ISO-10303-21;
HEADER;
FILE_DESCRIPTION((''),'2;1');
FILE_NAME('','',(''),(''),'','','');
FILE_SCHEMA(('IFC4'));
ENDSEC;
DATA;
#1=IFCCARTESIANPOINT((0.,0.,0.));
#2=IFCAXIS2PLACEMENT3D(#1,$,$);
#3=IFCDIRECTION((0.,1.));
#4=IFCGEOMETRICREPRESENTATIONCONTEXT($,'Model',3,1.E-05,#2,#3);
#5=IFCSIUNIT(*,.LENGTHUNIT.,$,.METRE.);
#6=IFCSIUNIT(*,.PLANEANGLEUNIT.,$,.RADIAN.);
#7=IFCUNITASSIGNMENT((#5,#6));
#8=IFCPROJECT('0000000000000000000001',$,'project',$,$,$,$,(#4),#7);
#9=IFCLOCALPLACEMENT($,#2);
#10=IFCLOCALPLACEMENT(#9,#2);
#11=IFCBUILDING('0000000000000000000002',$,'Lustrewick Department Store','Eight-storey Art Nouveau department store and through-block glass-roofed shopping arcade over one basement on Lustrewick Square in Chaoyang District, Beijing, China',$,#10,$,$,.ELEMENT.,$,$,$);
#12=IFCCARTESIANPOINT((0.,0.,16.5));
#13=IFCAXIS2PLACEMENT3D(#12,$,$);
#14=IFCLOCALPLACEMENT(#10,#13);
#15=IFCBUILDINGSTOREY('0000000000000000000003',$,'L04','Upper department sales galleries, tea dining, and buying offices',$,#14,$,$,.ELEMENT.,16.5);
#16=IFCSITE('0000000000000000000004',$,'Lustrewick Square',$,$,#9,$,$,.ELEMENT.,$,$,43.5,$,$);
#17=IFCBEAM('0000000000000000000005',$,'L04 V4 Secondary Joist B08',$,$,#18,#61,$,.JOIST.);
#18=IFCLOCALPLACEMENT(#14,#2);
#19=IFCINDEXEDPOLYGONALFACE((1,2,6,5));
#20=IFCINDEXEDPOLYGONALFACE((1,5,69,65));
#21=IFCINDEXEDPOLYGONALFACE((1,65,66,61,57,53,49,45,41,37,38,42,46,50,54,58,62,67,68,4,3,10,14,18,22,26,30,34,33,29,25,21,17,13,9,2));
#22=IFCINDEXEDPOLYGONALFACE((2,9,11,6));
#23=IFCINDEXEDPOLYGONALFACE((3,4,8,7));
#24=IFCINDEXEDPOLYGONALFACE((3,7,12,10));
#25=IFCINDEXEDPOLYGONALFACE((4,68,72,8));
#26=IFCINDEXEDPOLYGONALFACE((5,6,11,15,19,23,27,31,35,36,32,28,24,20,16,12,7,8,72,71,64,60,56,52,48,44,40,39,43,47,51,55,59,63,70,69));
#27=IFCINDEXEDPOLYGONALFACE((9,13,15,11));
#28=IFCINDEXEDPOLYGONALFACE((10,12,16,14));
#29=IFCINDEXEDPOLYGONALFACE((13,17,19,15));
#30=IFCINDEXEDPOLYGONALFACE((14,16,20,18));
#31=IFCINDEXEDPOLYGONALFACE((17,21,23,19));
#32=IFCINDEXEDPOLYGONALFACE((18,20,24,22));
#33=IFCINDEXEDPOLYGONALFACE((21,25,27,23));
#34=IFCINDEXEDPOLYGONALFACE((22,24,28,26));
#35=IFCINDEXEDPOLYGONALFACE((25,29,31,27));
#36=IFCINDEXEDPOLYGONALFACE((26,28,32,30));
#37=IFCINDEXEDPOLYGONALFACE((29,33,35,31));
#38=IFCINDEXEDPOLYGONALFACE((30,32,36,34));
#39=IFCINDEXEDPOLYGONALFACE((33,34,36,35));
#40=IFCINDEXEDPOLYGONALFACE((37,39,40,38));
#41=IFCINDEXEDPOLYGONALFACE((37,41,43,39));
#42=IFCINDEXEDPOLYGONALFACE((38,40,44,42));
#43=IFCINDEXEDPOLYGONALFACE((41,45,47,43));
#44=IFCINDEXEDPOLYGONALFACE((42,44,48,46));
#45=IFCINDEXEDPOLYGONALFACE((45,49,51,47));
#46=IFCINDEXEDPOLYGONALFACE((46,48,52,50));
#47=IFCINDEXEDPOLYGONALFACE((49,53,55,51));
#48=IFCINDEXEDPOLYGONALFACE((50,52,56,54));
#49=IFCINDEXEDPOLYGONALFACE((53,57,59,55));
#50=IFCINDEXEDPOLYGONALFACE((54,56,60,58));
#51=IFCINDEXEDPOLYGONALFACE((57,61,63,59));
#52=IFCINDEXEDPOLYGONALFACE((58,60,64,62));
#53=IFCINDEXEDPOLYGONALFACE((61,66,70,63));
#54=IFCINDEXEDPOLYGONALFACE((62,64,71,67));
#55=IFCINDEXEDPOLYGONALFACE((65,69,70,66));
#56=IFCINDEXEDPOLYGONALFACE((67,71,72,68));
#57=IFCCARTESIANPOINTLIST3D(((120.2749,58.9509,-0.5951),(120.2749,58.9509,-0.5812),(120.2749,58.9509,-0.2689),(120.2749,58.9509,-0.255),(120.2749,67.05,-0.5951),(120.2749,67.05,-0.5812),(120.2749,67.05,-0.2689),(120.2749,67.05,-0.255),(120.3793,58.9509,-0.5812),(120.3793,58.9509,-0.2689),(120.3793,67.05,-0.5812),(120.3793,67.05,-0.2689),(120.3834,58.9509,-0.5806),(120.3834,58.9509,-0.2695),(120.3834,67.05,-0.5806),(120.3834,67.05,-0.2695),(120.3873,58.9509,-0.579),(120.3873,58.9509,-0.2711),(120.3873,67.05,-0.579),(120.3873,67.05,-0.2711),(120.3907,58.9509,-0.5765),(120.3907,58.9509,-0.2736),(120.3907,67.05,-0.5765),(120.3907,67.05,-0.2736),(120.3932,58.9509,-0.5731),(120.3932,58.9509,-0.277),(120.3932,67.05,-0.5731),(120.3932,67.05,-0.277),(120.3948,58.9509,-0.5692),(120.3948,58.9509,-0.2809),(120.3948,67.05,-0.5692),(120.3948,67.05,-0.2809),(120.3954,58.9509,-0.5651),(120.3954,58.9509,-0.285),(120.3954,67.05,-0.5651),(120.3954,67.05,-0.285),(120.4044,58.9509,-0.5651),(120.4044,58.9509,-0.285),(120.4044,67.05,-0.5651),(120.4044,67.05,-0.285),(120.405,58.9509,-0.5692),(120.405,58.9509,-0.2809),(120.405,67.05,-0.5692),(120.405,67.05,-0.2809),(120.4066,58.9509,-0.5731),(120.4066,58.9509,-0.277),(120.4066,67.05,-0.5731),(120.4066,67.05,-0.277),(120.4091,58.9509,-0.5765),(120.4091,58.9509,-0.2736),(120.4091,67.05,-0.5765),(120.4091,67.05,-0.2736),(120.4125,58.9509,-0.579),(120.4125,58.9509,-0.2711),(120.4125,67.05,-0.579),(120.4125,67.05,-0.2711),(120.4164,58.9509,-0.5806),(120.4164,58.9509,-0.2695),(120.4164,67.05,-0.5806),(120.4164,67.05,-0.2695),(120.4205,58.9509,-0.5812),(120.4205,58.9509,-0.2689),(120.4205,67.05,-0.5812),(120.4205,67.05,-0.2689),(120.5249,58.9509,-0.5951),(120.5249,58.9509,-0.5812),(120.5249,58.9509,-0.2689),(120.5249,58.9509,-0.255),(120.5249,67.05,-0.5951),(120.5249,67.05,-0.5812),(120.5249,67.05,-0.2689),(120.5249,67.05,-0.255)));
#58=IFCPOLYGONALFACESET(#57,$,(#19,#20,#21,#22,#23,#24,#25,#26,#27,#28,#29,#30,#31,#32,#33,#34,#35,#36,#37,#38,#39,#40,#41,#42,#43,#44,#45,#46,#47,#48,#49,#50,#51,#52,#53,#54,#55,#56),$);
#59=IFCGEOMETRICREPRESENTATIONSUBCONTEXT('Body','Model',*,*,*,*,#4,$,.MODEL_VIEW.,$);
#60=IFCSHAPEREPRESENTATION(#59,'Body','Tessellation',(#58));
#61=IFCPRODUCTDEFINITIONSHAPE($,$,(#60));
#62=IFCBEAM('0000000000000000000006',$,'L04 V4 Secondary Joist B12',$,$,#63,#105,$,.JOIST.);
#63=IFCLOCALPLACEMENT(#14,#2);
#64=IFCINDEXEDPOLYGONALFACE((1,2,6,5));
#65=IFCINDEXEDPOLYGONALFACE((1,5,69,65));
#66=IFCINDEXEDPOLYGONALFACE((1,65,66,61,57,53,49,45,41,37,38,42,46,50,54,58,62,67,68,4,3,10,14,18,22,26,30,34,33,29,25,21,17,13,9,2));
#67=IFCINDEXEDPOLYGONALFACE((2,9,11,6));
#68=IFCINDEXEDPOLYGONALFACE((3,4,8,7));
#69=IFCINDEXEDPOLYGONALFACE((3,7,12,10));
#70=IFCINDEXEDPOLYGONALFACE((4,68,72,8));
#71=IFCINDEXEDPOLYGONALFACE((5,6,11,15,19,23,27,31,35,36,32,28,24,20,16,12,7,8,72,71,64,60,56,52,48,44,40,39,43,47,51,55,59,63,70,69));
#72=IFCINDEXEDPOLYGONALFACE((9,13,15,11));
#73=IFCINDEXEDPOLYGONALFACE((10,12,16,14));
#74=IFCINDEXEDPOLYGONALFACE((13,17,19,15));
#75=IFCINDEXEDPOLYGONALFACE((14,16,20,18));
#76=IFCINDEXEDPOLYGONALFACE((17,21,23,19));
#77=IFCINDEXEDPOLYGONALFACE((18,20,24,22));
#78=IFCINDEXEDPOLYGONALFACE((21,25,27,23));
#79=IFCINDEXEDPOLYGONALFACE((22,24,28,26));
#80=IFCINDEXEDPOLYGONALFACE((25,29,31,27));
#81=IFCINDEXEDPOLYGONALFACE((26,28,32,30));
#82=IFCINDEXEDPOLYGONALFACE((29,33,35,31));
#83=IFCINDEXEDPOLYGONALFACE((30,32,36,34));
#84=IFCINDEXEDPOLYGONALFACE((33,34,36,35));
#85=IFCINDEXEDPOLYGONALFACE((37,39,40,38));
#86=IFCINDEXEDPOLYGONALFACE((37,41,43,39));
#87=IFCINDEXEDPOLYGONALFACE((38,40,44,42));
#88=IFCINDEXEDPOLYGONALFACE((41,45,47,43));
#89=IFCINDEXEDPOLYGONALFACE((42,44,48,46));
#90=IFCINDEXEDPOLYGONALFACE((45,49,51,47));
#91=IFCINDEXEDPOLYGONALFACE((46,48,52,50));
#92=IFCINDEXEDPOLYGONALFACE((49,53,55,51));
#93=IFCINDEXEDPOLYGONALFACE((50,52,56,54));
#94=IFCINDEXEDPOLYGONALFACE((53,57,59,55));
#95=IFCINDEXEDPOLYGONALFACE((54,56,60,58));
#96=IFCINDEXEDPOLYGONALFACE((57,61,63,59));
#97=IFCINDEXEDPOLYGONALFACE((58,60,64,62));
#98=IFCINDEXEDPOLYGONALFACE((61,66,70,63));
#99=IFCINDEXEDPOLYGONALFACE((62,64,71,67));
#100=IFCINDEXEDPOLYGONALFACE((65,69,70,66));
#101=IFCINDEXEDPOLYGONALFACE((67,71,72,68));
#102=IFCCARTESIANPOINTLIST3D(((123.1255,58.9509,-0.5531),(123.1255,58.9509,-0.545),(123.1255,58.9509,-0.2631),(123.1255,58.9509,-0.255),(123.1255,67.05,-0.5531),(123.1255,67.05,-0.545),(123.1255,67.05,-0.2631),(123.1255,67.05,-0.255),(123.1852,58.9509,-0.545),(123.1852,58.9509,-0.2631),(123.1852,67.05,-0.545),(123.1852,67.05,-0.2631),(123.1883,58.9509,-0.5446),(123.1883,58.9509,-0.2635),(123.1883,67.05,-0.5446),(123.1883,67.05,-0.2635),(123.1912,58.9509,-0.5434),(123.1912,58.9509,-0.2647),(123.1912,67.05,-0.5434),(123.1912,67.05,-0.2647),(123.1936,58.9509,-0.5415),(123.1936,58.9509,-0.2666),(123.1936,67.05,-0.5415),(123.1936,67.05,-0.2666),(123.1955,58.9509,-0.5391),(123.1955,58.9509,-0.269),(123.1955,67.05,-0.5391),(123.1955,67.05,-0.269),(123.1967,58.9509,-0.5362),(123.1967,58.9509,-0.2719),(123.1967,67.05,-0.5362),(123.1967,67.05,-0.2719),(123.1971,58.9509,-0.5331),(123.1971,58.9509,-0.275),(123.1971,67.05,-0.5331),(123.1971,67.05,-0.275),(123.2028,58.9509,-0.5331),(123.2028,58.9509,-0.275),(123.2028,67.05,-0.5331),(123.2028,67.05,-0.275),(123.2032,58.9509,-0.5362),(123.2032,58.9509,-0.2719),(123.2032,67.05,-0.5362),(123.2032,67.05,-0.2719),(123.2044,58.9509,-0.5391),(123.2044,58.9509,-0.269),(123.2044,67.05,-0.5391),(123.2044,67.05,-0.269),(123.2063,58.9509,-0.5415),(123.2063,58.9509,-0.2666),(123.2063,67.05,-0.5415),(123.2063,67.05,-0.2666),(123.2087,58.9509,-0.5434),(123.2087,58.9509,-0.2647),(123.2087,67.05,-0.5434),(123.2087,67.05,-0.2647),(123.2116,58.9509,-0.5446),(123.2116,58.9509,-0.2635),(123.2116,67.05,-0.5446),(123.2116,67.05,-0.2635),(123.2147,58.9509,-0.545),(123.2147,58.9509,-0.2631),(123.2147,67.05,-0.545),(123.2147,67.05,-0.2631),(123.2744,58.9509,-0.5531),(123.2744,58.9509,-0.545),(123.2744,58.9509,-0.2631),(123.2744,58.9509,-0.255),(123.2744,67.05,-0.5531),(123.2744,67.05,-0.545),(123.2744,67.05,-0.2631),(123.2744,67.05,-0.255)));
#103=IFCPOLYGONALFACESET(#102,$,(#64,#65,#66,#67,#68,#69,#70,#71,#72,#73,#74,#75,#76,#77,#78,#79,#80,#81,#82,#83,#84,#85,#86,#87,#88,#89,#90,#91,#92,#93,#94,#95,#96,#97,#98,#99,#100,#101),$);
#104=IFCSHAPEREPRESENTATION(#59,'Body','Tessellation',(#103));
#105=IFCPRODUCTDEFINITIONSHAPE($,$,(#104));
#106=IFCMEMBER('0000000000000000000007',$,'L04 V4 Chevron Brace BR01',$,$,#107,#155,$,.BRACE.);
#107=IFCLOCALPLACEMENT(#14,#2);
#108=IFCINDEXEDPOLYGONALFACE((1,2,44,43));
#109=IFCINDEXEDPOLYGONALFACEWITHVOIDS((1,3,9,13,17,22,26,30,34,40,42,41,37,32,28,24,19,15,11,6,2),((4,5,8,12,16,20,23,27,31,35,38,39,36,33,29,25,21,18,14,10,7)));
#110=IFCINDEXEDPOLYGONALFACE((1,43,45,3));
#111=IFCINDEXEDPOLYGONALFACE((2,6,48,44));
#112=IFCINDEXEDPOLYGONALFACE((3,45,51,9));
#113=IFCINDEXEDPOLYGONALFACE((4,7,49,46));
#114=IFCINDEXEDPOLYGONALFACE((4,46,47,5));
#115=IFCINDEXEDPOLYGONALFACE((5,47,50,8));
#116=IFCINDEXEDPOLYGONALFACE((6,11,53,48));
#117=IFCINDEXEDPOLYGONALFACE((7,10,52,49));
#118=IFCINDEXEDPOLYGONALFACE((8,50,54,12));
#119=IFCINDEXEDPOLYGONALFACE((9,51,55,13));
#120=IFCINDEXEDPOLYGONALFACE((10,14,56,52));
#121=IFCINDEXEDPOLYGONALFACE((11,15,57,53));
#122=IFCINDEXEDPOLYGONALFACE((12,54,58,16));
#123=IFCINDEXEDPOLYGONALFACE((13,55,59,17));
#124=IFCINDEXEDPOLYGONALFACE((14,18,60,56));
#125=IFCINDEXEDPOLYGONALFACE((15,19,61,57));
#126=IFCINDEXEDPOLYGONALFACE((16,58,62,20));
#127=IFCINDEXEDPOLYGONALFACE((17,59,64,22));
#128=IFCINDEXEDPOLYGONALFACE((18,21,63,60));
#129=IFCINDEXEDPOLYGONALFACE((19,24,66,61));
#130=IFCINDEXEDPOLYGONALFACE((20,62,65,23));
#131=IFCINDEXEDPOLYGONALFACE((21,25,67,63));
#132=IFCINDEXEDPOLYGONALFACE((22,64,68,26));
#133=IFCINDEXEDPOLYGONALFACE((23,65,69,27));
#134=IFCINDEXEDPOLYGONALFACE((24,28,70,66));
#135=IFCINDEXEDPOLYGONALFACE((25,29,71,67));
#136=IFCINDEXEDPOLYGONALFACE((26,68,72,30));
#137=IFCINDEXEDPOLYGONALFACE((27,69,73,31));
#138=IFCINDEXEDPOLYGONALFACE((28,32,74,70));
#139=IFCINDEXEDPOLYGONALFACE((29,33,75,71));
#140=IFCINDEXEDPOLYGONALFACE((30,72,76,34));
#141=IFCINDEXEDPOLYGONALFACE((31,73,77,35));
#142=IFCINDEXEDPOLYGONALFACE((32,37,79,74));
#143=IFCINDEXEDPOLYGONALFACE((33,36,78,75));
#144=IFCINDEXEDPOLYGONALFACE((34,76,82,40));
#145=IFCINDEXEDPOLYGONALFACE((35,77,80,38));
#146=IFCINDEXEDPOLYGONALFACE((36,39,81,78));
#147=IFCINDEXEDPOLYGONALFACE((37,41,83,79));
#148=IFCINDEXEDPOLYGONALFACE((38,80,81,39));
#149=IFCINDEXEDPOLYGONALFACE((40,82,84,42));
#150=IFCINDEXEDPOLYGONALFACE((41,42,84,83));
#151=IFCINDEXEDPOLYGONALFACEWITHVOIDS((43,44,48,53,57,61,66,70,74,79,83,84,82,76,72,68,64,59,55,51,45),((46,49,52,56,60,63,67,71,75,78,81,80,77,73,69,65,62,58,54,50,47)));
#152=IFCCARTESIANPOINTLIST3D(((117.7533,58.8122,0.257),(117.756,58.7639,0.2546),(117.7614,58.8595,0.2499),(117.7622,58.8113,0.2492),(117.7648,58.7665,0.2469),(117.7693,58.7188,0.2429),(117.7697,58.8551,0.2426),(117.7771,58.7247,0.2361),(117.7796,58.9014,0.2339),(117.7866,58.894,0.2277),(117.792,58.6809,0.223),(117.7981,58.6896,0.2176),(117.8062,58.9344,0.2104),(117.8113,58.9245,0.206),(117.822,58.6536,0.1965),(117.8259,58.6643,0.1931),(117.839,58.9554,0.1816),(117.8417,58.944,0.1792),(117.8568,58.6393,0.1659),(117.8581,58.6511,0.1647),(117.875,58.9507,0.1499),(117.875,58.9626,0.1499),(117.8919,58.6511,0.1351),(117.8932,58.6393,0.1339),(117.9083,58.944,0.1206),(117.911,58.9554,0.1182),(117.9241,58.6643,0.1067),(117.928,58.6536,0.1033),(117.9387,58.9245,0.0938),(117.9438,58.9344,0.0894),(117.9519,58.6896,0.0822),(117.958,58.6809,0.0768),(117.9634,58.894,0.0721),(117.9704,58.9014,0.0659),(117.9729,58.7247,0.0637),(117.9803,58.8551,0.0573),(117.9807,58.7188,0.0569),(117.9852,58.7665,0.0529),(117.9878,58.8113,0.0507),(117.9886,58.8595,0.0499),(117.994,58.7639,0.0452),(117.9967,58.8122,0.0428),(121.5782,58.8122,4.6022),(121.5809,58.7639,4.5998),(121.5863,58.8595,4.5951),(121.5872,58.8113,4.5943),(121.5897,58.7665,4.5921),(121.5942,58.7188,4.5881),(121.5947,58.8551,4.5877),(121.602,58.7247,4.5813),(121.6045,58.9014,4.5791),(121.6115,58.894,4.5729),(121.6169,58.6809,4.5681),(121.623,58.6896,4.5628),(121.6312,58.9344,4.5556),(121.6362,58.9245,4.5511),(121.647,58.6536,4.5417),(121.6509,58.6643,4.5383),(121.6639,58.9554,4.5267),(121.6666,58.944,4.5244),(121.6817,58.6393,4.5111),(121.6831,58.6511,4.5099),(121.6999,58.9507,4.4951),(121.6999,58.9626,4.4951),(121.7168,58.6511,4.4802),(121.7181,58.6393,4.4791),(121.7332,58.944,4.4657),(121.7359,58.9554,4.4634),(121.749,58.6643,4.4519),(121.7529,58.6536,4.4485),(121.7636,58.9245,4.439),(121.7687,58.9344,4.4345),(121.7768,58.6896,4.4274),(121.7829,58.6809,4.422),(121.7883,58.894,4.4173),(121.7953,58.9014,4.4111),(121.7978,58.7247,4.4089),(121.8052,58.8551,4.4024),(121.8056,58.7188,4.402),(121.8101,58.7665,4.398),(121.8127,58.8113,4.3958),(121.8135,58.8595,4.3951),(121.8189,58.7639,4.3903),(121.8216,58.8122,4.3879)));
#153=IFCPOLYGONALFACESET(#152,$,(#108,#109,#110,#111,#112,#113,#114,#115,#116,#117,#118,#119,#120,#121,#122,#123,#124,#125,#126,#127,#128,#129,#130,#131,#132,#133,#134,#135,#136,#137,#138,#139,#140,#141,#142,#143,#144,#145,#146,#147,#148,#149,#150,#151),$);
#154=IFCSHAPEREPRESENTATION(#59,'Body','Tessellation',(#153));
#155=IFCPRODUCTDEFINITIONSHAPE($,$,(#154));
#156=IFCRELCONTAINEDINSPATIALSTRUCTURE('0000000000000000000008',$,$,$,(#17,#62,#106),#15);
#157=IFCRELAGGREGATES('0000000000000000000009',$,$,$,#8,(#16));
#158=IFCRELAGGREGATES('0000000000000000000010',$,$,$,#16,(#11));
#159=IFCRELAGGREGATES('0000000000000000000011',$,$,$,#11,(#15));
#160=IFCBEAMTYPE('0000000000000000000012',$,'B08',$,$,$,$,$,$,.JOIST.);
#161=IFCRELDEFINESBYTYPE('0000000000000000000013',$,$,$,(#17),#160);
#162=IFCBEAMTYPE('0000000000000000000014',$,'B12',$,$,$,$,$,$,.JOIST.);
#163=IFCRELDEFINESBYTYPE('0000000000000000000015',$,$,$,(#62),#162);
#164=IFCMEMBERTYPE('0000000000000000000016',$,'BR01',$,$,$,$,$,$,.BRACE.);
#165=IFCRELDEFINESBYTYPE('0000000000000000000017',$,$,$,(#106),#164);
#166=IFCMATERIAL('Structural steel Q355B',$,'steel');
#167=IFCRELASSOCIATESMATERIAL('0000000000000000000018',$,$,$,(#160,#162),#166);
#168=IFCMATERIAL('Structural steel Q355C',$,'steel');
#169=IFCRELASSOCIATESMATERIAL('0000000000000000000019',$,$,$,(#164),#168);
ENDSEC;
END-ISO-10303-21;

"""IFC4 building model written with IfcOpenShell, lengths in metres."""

from ifc_helpers import new_model, si_unit, direction, frame, origin, origin_2d, place, context, subcontext, project, spatial, hollow_circle, i_section, extrude, material, material_profile, profile_set, type_object, element, save


model = new_model("IFC4")

# Units and contexts
model_context = context("Model", 3, precision=1e-05, world=origin(), true_north=direction((0.0, 1.0)))
body_context = subcontext(model_context, "Body", "Model", "MODEL_VIEW")
ifc_project = project(units=[si_unit("LENGTHUNIT", "METRE"), si_unit("PLANEANGLEUNIT", "RADIAN")], contexts=[model_context])

# Site, building, storey
site_placement = place(None, origin())
site = spatial("IfcSite", under=ifc_project, at=site_placement, Name="Lustrewick Square", CompositionType="ELEMENT", RefElevation=43.5)
building_placement = place(site_placement, origin())
building = spatial("IfcBuilding", under=site, at=building_placement, Name="Lustrewick Department Store", Description="Eight-storey Art Nouveau department store and through-block glass-roofed shopping arcade over one basement on Lustrewick Square in Chaoyang District, Beijing, China", CompositionType="ELEMENT")
storey_placement = place(building_placement, frame((0.0, 0.0, 16.5)))
storey = spatial("IfcBuildingStorey", under=building, at=storey_placement, Name="L04", Description="Upper department sales galleries, tea dining, and buying offices", CompositionType="ELEMENT", Elevation=16.5)

# Shared definitions
ifc_material_1 = material(Name="Structural steel Q355C", Category="steel")
ifc_material_2 = material(Name="Structural steel Q355B", Category="steel")

# Beams
ifc_material_profile_1 = material_profile(ifc_material_2, i_section(OverallWidth=0.25, OverallDepth=0.3401, WebThickness=0.009, FlangeThickness=0.0139, FilletRadius=0.0161, at=origin_2d()), Name="HM 340x250x9x14")
ifc_profile_set_1 = profile_set([ifc_material_profile_1], Name="Structural steel Q355B")
beam_type_1 = type_object("IfcBeamType", Name="B08", PredefinedType="JOIST", material=ifc_profile_set_1)
beam_1_placement = place(storey_placement, frame((120.3999, 58.9509, -0.425), z_axis=(0.0, 1.0, 0.0), x_axis=(-1.0, 0.0, 0.0)))
element("IfcBeam", 1, at=beam_1_placement, inside=storey, type_object=beam_type_1, Name="L04 V4 Secondary Joist B08", PredefinedType="JOIST", context=body_context, shape_type="SweptSolid", body=[
    extrude(i_section(OverallWidth=0.25, OverallDepth=0.3401, WebThickness=0.009, FlangeThickness=0.0139, FilletRadius=0.0161, at=origin_2d()), origin(), (0.0, 0.0, 1.0), 8.0991),
])
ifc_material_profile_2 = material_profile(ifc_material_2, i_section(OverallWidth=0.1489, OverallDepth=0.2981, WebThickness=0.0056, FlangeThickness=0.0081, FilletRadius=0.012, at=origin_2d()), Name="HN 298x149x5.5x8")
ifc_profile_set_2 = profile_set([ifc_material_profile_2], Name="Structural steel Q355B")
beam_type_2 = type_object("IfcBeamType", Name="B12", PredefinedType="JOIST", material=ifc_profile_set_2)
beam_2_placement = place(storey_placement, frame((123.2, 58.9509, -0.4041), z_axis=(0.0, 1.0, 0.0), x_axis=(-1.0, 0.0, 0.0)))
element("IfcBeam", 2, at=beam_2_placement, inside=storey, type_object=beam_type_2, Name="L04 V4 Secondary Joist B12", PredefinedType="JOIST", context=body_context, shape_type="SweptSolid", body=[
    extrude(i_section(OverallWidth=0.1489, OverallDepth=0.2981, WebThickness=0.0056, FlangeThickness=0.0081, FilletRadius=0.012, at=origin_2d()), origin(), (0.0, 0.0, 1.0), 8.0991),
])

# Member
ifc_material_profile_3 = material_profile(ifc_material_1, hollow_circle(Radius=0.1626, WallThickness=0.012, at=origin_2d()), Name="CHS 325x12")
ifc_profile_set_3 = profile_set([ifc_material_profile_3], Name="Structural steel Q355C")
member_type = type_object("IfcMemberType", Name="BR01", PredefinedType="BRACE", material=ifc_profile_set_3)
member_1_placement = place(storey_placement, frame((117.875, 58.8, 0.1499), z_axis=(0.660741, 0.0, 0.750614), x_axis=(0.0, 1.0, 0.0)))
element("IfcMember", 3, at=member_1_placement, inside=storey, type_object=member_type, Name="L04 V4 Chevron Brace BR01", PredefinedType="BRACE", context=body_context, shape_type="SweptSolid", body=[
    extrude(hollow_circle(Radius=0.1626, WallThickness=0.012, at=origin_2d()), origin(), (0.0, 0.0, 1.0), 5.7888),
])

save(model, "model.ifc")
